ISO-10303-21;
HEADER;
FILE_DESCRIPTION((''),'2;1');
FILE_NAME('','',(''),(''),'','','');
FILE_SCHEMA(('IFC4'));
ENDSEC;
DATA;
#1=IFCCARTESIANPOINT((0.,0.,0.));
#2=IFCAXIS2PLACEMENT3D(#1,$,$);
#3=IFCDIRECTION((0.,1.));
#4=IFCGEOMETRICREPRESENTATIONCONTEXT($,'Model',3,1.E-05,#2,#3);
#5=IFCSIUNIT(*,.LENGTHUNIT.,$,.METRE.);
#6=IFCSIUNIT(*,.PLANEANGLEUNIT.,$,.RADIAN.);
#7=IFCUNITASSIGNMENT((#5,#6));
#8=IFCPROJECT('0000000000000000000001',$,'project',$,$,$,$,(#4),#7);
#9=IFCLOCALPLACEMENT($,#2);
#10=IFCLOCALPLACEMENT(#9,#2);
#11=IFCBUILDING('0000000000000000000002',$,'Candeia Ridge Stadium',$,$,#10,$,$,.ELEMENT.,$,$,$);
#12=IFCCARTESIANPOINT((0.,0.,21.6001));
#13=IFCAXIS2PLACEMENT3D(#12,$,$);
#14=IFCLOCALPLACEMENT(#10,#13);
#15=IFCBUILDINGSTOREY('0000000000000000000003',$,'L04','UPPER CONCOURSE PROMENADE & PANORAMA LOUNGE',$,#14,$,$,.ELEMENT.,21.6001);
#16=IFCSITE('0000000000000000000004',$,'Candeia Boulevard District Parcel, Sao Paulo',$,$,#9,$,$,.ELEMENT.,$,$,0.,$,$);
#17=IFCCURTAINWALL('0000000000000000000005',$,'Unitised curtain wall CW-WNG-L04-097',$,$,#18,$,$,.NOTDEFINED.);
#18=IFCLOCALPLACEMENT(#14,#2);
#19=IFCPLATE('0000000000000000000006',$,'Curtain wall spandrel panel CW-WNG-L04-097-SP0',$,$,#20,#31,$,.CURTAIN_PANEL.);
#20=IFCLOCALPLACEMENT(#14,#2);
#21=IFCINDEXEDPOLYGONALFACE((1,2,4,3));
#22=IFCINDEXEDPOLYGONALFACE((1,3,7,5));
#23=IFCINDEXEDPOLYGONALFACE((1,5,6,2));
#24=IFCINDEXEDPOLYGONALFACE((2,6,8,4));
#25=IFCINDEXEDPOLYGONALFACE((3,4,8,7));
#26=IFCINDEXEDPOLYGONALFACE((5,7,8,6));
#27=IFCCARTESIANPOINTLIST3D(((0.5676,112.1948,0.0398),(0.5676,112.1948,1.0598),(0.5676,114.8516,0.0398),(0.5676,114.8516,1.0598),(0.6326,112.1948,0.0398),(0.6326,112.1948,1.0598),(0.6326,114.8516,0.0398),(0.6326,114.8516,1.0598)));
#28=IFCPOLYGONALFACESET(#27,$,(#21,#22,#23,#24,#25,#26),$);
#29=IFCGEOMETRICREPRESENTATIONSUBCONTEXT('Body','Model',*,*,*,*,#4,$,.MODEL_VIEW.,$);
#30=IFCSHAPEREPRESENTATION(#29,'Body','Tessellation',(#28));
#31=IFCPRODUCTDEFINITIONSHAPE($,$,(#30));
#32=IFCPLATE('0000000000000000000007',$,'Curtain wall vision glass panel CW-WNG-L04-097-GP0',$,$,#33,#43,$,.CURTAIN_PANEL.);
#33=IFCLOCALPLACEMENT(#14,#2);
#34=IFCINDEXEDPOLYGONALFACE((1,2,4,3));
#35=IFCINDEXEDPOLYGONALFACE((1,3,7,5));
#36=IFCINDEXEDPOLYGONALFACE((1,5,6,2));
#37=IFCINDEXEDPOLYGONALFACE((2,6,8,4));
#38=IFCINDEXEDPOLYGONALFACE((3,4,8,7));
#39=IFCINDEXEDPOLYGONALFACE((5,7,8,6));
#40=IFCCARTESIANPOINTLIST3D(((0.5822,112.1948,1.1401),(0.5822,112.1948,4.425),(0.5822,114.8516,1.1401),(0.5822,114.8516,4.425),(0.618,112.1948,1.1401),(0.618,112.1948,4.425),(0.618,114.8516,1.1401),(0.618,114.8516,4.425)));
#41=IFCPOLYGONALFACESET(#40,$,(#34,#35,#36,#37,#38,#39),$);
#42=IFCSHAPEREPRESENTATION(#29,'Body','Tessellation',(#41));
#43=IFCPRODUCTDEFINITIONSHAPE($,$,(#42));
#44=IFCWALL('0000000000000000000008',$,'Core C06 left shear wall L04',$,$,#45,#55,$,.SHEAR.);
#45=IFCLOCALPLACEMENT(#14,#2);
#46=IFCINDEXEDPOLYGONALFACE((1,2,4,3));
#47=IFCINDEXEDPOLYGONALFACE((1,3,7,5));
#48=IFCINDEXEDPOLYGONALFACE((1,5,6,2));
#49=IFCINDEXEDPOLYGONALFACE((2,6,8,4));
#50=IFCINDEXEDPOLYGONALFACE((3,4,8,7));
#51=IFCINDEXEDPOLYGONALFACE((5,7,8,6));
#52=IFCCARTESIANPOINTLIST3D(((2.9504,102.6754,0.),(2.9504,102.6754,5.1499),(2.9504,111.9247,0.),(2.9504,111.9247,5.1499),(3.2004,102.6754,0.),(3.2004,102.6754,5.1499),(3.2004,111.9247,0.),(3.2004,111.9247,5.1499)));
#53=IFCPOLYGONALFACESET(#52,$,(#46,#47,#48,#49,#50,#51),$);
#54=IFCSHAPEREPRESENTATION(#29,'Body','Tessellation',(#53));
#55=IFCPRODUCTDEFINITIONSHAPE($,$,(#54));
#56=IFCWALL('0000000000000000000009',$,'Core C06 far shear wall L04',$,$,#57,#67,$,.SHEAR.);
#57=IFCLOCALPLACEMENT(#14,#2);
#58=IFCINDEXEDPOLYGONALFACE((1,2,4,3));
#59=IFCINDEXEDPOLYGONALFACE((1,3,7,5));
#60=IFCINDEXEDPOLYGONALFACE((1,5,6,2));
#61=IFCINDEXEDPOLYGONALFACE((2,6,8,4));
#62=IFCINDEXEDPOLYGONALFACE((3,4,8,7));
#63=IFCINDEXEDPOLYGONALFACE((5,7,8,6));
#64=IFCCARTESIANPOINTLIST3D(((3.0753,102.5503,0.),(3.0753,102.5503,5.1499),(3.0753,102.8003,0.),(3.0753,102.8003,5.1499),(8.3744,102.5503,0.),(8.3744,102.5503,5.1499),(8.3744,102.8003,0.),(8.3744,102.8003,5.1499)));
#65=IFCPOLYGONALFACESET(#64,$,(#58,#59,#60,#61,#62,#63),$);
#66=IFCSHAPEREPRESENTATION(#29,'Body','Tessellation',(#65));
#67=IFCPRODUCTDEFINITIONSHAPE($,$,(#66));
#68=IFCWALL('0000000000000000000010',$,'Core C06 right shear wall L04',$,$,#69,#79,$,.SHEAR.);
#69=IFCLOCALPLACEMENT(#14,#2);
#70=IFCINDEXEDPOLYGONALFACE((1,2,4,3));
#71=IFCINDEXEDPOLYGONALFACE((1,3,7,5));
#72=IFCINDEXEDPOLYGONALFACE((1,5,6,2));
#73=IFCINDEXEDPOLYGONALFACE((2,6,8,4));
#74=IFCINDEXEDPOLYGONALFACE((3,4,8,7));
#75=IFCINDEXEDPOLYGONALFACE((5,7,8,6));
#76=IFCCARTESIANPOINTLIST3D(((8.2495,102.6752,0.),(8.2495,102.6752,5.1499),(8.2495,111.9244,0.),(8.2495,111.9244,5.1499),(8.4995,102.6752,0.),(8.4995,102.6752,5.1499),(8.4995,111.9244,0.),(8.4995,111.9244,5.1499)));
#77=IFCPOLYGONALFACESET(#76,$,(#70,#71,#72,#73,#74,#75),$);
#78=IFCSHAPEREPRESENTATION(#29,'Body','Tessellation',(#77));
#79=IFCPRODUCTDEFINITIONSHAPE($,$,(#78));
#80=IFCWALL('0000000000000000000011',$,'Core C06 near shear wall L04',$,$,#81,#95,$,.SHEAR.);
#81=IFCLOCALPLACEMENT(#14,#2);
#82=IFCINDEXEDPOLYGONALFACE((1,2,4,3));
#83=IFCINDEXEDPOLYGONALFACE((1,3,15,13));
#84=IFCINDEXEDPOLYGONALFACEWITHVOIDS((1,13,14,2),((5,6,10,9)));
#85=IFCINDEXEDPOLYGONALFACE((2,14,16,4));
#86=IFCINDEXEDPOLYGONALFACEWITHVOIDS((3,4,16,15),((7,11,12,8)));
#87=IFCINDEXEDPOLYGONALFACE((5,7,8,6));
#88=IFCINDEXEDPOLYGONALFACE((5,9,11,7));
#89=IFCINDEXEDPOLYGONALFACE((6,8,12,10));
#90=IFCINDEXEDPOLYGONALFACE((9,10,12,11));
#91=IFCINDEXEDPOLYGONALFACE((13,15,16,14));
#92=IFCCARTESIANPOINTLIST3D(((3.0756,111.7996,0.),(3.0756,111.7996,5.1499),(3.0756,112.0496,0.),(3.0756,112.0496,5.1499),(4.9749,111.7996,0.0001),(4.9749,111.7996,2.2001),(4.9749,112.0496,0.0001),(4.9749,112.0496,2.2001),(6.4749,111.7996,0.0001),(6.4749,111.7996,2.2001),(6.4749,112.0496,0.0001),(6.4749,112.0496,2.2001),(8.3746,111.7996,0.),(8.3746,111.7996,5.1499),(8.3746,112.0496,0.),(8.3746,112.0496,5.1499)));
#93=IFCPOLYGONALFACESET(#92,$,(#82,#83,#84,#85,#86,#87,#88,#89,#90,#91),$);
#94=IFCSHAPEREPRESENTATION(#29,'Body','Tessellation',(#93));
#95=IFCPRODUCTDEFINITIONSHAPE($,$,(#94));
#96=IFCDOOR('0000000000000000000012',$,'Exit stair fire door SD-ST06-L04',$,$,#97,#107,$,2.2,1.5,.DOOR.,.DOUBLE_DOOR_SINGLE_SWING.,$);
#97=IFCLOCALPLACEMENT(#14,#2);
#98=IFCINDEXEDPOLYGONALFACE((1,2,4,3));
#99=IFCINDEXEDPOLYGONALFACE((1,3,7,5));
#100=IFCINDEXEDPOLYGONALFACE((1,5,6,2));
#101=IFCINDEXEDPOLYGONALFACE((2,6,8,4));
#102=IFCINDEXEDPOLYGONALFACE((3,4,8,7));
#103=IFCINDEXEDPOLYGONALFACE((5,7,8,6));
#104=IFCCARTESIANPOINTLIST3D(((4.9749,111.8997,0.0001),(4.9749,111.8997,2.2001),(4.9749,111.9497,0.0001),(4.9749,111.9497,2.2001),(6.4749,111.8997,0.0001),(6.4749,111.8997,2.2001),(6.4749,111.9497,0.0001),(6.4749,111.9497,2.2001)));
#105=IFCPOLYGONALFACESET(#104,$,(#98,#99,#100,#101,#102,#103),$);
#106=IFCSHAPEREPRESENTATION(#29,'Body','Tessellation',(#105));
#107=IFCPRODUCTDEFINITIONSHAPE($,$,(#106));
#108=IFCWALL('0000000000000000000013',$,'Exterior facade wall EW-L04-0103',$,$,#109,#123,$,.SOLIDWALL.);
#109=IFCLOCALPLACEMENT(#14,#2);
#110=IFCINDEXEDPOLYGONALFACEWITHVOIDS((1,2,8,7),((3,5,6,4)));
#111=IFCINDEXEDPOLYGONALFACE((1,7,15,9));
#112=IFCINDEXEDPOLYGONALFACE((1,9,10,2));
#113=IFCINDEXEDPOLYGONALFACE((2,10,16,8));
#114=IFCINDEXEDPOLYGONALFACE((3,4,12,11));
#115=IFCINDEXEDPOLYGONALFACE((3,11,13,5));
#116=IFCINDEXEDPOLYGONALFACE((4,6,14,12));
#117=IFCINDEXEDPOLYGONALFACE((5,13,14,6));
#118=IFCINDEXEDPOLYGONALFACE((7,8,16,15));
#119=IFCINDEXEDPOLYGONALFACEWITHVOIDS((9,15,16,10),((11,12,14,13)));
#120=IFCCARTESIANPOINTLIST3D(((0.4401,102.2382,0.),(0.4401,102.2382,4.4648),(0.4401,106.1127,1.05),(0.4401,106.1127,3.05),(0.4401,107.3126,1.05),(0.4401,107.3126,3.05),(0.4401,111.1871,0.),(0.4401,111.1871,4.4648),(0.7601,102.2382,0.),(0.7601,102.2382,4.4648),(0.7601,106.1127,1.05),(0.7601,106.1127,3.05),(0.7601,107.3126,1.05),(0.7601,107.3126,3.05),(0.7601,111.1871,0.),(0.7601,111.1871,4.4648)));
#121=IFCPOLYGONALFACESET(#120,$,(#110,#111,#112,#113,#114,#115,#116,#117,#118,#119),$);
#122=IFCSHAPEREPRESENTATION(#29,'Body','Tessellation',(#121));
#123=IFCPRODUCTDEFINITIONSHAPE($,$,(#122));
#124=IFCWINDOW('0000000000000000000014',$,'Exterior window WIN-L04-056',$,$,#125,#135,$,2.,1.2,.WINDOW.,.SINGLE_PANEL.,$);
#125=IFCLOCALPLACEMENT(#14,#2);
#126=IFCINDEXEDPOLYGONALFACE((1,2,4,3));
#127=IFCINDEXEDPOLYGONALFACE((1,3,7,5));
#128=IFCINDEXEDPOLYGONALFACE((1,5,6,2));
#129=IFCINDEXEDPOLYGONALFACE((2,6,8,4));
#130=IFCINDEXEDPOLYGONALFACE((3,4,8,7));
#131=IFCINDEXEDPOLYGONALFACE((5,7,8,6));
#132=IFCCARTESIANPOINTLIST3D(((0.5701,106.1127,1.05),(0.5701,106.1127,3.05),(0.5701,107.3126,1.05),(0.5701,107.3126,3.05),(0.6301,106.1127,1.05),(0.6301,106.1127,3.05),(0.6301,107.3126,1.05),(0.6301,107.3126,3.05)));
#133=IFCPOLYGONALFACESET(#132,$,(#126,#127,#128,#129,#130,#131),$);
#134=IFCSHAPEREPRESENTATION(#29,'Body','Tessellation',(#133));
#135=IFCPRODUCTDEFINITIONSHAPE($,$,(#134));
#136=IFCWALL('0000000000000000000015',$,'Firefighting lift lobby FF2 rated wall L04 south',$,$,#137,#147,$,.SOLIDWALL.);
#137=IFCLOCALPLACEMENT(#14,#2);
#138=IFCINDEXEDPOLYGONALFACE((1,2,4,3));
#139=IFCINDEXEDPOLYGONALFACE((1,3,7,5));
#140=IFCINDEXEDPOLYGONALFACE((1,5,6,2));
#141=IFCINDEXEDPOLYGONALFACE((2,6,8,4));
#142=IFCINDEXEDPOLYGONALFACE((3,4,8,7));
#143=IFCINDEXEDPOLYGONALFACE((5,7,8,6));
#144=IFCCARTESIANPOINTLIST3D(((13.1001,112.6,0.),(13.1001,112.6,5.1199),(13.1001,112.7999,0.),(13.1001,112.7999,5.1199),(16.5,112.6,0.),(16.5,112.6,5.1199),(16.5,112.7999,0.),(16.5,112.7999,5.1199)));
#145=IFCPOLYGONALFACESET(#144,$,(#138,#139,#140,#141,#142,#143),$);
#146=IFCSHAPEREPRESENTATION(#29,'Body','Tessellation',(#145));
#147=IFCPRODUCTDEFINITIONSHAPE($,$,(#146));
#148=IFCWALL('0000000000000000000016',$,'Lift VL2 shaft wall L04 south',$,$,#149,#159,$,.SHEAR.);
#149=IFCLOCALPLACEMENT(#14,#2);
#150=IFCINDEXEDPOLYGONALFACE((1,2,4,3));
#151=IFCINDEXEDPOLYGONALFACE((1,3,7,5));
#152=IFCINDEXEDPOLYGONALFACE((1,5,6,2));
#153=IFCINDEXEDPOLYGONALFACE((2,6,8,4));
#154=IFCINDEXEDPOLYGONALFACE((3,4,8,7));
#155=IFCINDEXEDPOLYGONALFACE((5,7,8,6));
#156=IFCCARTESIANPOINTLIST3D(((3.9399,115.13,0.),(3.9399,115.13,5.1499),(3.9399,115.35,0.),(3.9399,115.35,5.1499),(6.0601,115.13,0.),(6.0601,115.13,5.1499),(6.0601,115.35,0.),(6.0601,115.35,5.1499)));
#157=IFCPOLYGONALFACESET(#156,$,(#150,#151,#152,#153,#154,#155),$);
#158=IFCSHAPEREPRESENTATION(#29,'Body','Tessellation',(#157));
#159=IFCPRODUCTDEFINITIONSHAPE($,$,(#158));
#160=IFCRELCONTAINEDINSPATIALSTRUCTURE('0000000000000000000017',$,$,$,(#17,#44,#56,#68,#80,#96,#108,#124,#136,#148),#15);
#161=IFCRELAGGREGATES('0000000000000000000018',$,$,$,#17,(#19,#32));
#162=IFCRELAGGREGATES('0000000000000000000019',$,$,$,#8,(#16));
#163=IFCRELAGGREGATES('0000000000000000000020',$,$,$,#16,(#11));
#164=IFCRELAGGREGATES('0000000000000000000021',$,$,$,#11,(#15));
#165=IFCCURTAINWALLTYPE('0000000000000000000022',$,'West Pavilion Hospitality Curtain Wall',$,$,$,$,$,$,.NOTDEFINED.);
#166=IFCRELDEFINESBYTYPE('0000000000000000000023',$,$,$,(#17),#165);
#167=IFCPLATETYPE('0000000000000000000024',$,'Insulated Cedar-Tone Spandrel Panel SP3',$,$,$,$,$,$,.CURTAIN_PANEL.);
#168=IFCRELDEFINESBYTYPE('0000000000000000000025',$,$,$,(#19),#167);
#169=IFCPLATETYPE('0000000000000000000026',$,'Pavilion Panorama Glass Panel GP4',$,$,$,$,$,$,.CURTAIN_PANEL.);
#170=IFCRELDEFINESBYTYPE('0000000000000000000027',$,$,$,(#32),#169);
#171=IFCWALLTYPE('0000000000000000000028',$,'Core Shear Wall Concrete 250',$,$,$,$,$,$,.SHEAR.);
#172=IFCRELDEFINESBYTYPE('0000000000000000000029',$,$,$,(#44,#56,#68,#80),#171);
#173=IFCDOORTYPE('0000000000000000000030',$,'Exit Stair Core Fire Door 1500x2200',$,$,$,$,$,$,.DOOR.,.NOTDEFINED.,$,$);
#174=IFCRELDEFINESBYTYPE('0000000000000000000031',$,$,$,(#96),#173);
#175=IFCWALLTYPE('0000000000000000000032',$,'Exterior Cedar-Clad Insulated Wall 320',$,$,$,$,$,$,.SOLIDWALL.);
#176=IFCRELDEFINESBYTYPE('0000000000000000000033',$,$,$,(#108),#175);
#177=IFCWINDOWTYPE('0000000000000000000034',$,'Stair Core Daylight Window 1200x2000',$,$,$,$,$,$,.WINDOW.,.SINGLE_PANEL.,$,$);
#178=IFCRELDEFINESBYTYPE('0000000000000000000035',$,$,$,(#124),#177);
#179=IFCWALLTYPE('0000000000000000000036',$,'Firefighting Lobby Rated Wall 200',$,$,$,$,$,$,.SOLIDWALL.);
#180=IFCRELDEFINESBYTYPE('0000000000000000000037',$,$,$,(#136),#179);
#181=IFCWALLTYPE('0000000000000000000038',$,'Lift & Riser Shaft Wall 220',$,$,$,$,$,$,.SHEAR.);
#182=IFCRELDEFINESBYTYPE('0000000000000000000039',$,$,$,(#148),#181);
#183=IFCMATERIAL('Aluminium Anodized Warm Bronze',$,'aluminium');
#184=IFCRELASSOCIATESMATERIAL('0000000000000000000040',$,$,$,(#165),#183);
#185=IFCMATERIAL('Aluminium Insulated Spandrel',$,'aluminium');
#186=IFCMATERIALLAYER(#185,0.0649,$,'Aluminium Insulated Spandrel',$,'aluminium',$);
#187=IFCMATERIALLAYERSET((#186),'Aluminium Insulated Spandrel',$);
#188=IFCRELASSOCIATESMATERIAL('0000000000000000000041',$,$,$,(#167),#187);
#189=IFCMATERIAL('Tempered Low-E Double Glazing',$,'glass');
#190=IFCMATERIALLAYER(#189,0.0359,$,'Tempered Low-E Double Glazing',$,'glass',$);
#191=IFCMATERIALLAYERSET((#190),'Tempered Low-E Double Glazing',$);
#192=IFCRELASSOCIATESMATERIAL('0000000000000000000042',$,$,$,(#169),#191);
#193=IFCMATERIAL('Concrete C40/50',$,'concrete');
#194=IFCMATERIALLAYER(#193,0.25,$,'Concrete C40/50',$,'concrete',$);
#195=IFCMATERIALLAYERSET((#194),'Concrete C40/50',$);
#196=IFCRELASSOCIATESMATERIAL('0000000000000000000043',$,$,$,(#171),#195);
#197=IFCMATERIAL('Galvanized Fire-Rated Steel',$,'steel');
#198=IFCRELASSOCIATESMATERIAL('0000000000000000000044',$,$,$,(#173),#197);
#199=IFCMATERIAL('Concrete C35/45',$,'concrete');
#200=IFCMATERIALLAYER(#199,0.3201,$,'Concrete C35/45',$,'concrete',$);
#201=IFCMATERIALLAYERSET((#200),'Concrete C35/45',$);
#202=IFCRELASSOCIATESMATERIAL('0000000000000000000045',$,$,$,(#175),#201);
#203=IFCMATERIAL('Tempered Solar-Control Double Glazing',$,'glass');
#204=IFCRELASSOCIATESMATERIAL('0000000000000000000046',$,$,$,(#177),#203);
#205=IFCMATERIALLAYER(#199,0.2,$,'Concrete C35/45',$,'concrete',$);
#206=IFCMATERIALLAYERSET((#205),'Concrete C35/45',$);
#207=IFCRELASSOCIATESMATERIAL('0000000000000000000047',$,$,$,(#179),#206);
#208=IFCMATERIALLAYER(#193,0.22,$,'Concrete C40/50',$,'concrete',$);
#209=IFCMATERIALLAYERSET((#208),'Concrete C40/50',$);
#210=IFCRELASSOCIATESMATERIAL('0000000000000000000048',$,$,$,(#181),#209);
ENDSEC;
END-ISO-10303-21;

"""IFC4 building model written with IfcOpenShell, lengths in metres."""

from ifc_helpers import new_model, si_unit, direction, frame, frame_2d, origin, origin_2d, place, context, subcontext, project, spatial, rectangle, extrude, material, layer, layer_set, type_object, element, fill, aggregate, save


model = new_model("IFC4")

# Units and contexts
model_context = context("Model", 3, precision=1e-05, world=origin(), true_north=direction((0.0, 1.0)))
body_context = subcontext(model_context, "Body", "Model", "MODEL_VIEW")
ifc_project = project(units=[si_unit("LENGTHUNIT", "METRE"), si_unit("PLANEANGLEUNIT", "RADIAN")], contexts=[model_context])

# Site, building, storey
site_placement = place(None, origin())
site = spatial("IfcSite", under=ifc_project, at=site_placement, Name="Candeia Boulevard District Parcel, Sao Paulo", CompositionType="ELEMENT", RefElevation=0.0)
building_placement = place(site_placement, origin())
building = spatial("IfcBuilding", under=site, at=building_placement, Name="Candeia Ridge Stadium", CompositionType="ELEMENT")
storey_placement = place(building_placement, frame((0.0, 0.0, 21.6001)))
storey = spatial("IfcBuildingStorey", under=building, at=storey_placement, Name="L04", Description="UPPER CONCOURSE PROMENADE & PANORAMA LOUNGE", CompositionType="ELEMENT", Elevation=21.6001)

# Shared definitions
ifc_material_1 = material(Name="Concrete C40/50", Category="concrete")

# Curtain wall
ifc_material_2 = material(Name="Aluminium Anodized Warm Bronze", Category="aluminium")
curtain_wall_type = type_object("IfcCurtainWallType", Name="West Pavilion Hospitality Curtain Wall", PredefinedType="NOTDEFINED", material=ifc_material_2)
curtain_wall_placement = place(storey_placement, origin())
curtain_wall = element("IfcCurtainWall", 1, at=curtain_wall_placement, inside=storey, type_object=curtain_wall_type, Name="Unitised curtain wall CW-WNG-L04-097", PredefinedType="NOTDEFINED")

# Plates
ifc_material_3 = material(Name="Aluminium Insulated Spandrel", Category="aluminium")
ifc_layer_1 = layer(ifc_material_3, 0.0649, Name="Aluminium Insulated Spandrel", Category="aluminium")
ifc_layer_set_1 = layer_set([ifc_layer_1], Name="Aluminium Insulated Spandrel")
plate_type_1 = type_object("IfcPlateType", Name="Insulated Cedar-Tone Spandrel Panel SP3", PredefinedType="CURTAIN_PANEL", material=ifc_layer_set_1)
plate_1_placement = place(storey_placement, frame((0.6001, 113.5232, 0.0398), z_axis=(0.0, 0.0, 1.0), x_axis=(0.0, 1.0, 0.0)))
plate_1 = element("IfcPlate", 2, at=plate_1_placement, type_object=plate_type_1, Name="Curtain wall spandrel panel CW-WNG-L04-097-SP0", PredefinedType="CURTAIN_PANEL", context=body_context, shape_type="SweptSolid", body=[
    extrude(rectangle(XDim=2.6567, YDim=0.0649, at=origin_2d()), origin(), (0.0, 0.0, 1.0), 1.02),
])
ifc_material_4 = material(Name="Tempered Low-E Double Glazing", Category="glass")
ifc_layer_2 = layer(ifc_material_4, 0.0359, Name="Tempered Low-E Double Glazing", Category="glass")
ifc_layer_set_2 = layer_set([ifc_layer_2], Name="Tempered Low-E Double Glazing")
plate_type_2 = type_object("IfcPlateType", Name="Pavilion Panorama Glass Panel GP4", PredefinedType="CURTAIN_PANEL", material=ifc_layer_set_2)
plate_2_placement = place(storey_placement, frame((0.6001, 113.5232, 1.1401), z_axis=(0.0, 0.0, 1.0), x_axis=(0.0, 1.0, 0.0)))
plate_2 = element("IfcPlate", 3, at=plate_2_placement, type_object=plate_type_2, Name="Curtain wall vision glass panel CW-WNG-L04-097-GP0", PredefinedType="CURTAIN_PANEL", context=body_context, shape_type="SweptSolid", body=[
    extrude(rectangle(XDim=2.6567, YDim=0.0359, at=origin_2d()), origin(), (0.0, 0.0, 1.0), 3.2849),
])
aggregate(curtain_wall, [plate_1, plate_2])

# Walls
ifc_layer_3 = layer(ifc_material_1, 0.25, Name="Concrete C40/50", Category="concrete")
ifc_layer_set_3 = layer_set([ifc_layer_3], Name="Concrete C40/50")
wall_type_1 = type_object("IfcWallType", Name="Core Shear Wall Concrete 250", PredefinedType="SHEAR", material=ifc_layer_set_3)
wall_1_placement = place(storey_placement, frame((3.0754, 111.9246, 0.0), z_axis=(0.0, 0.0, 1.0), x_axis=(0.0, -1.0, 0.0)))
element("IfcWall", 4, at=wall_1_placement, inside=storey, type_object=wall_type_1, Name="Core C06 left shear wall L04", PredefinedType="SHEAR", context=body_context, shape_type="SweptSolid", body=[
    extrude(rectangle(XDim=9.2493, YDim=0.25, at=frame_2d((4.6245, 0.0))), origin(), (0.0, 0.0, 1.0), 5.1499),
])
wall_2_placement = place(storey_placement, frame((3.0754, 102.6753, 0.0), z_axis=(0.0, 0.0, 1.0), x_axis=(1.0, 0.0, 0.0)))
element("IfcWall", 5, at=wall_2_placement, inside=storey, type_object=wall_type_1, Name="Core C06 far shear wall L04", PredefinedType="SHEAR", context=body_context, shape_type="SweptSolid", body=[
    extrude(rectangle(XDim=5.2991, YDim=0.25, at=frame_2d((2.6494, 0.0))), origin(), (0.0, 0.0, 1.0), 5.1499),
])
wall_3_placement = place(storey_placement, frame((8.3745, 102.6753, 0.0), z_axis=(0.0, 0.0, 1.0), x_axis=(0.0, 1.0, 0.0)))
element("IfcWall", 6, at=wall_3_placement, inside=storey, type_object=wall_type_1, Name="Core C06 right shear wall L04", PredefinedType="SHEAR", context=body_context, shape_type="SweptSolid", body=[
    extrude(rectangle(XDim=9.2493, YDim=0.25, at=frame_2d((4.6245, 0.0))), origin(), (0.0, 0.0, 1.0), 5.1499),
])

# Wall, opening, door
wall_4_placement = place(storey_placement, frame((8.3745, 111.9246, 0.0), z_axis=(0.0, 0.0, 1.0), x_axis=(-1.0, 0.0, 0.0)))
wall_4 = element("IfcWall", 7, at=wall_4_placement, inside=storey, type_object=wall_type_1, Name="Core C06 near shear wall L04", PredefinedType="SHEAR", context=body_context, shape_type="SweptSolid", body=[
    extrude(rectangle(XDim=5.2991, YDim=0.25, at=frame_2d((2.6494, 0.0))), origin(), (0.0, 0.0, 1.0), 5.1499),
])
opening_1_placement = place(wall_4_placement, frame((1.8997, 0.0, 0.0)))
opening_1 = element("IfcOpeningElement", 8, at=opening_1_placement, cuts=wall_4, PredefinedType="OPENING", context=body_context, shape_type="SweptSolid", body=[
    extrude(rectangle(XDim=1.5, YDim=2.2, at=frame_2d((0.75, 1.1001))), frame((0.0, 0.135, 0.0), z_axis=(0.0, -1.0, 0.0), x_axis=(1.0, 0.0, 0.0)), (0.0, 0.0, 1.0), 0.27),
])
ifc_material_5 = material(Name="Galvanized Fire-Rated Steel", Category="steel")
door_type = type_object("IfcDoorType", Name="Exit Stair Core Fire Door 1500x2200", OperationType="NOTDEFINED", PredefinedType="DOOR", material=ifc_material_5)
door_placement = place(opening_1_placement, origin())
door = element("IfcDoor", 9, at=door_placement, inside=storey, type_object=door_type, Name="Exit stair fire door SD-ST06-L04", OperationType="DOUBLE_DOOR_SINGLE_SWING", OverallHeight=2.2, OverallWidth=1.5, PredefinedType="DOOR", context=body_context, shape_type="SweptSolid", body=[
    extrude(rectangle(XDim=1.5, YDim=2.2, at=frame_2d((0.75, 1.1001))), frame((0.0, 0.0249, 0.0), z_axis=(0.0, -1.0, 0.0), x_axis=(1.0, 0.0, 0.0)), (0.0, 0.0, 1.0), 0.05),
])
fill(opening_1, door)

# Wall, opening, window
ifc_material_6 = material(Name="Concrete C35/45", Category="concrete")
ifc_layer_4 = layer(ifc_material_6, 0.3201, Name="Concrete C35/45", Category="concrete")
ifc_layer_set_4 = layer_set([ifc_layer_4], Name="Concrete C35/45")
wall_type_2 = type_object("IfcWallType", Name="Exterior Cedar-Clad Insulated Wall 320", PredefinedType="SOLIDWALL", material=ifc_layer_set_4)
wall_5_placement = place(storey_placement, frame((0.6001, 102.238, 0.0), z_axis=(0.0, 0.0, 1.0), x_axis=(0.0, 1.0, 0.0)))
wall_5 = element("IfcWall", 10, at=wall_5_placement, inside=storey, type_object=wall_type_2, Name="Exterior facade wall EW-L04-0103", PredefinedType="SOLIDWALL", context=body_context, shape_type="SweptSolid", body=[
    extrude(rectangle(XDim=8.949, YDim=0.3201, at=frame_2d((4.4746, 0.0))), origin(), (0.0, 0.0, 1.0), 4.4648),
])
opening_2_placement = place(wall_5_placement, frame((3.8745, 0.0, 1.05)))
opening_2 = element("IfcOpeningElement", 11, at=opening_2_placement, cuts=wall_5, PredefinedType="OPENING", context=body_context, shape_type="SweptSolid", body=[
    extrude(rectangle(XDim=1.2, YDim=2.0, at=frame_2d((0.6001, 1.0))), frame((0.0, 0.1699, 0.0), z_axis=(0.0, -1.0, 0.0), x_axis=(1.0, 0.0, 0.0)), (0.0, 0.0, 1.0), 0.3401),
])
ifc_material_7 = material(Name="Tempered Solar-Control Double Glazing", Category="glass")
window_type = type_object("IfcWindowType", Name="Stair Core Daylight Window 1200x2000", PartitioningType="SINGLE_PANEL", PredefinedType="WINDOW", material=ifc_material_7)
window_placement = place(opening_2_placement, origin())
window = element("IfcWindow", 12, at=window_placement, inside=storey, type_object=window_type, Name="Exterior window WIN-L04-056", OverallHeight=2.0, OverallWidth=1.2, PartitioningType="SINGLE_PANEL", PredefinedType="WINDOW", context=body_context, shape_type="SweptSolid", body=[
    extrude(rectangle(XDim=1.2, YDim=2.0, at=frame_2d((0.6001, 1.0))), frame((0.0, 0.03, 0.0), z_axis=(0.0, -1.0, 0.0), x_axis=(1.0, 0.0, 0.0)), (0.0, 0.0, 1.0), 0.0601),
])
fill(opening_2, window)

# Walls
ifc_layer_5 = layer(ifc_material_6, 0.2, Name="Concrete C35/45", Category="concrete")
ifc_layer_set_5 = layer_set([ifc_layer_5], Name="Concrete C35/45")
wall_type_3 = type_object("IfcWallType", Name="Firefighting Lobby Rated Wall 200", PredefinedType="SOLIDWALL", material=ifc_layer_set_5)
wall_6_placement = place(storey_placement, frame((13.1001, 112.7, 0.0), z_axis=(0.0, 0.0, 1.0), x_axis=(1.0, 0.0, 0.0)))
element("IfcWall", 13, at=wall_6_placement, inside=storey, type_object=wall_type_3, Name="Firefighting lift lobby FF2 rated wall L04 south", PredefinedType="SOLIDWALL", context=body_context, shape_type="SweptSolid", body=[
    extrude(rectangle(XDim=3.3999, YDim=0.2, at=frame_2d((1.7, 0.0))), origin(), (0.0, 0.0, 1.0), 5.1199),
])
ifc_layer_6 = layer(ifc_material_1, 0.22, Name="Concrete C40/50", Category="concrete")
ifc_layer_set_6 = layer_set([ifc_layer_6], Name="Concrete C40/50")
wall_type_4 = type_object("IfcWallType", Name="Lift & Riser Shaft Wall 220", PredefinedType="SHEAR", material=ifc_layer_set_6)
wall_7_placement = place(storey_placement, frame((3.9399, 115.24, 0.0), z_axis=(0.0, 0.0, 1.0), x_axis=(1.0, 0.0, 0.0)))
element("IfcWall", 14, at=wall_7_placement, inside=storey, type_object=wall_type_4, Name="Lift VL2 shaft wall L04 south", PredefinedType="SHEAR", context=body_context, shape_type="SweptSolid", body=[
    extrude(rectangle(XDim=2.1201, YDim=0.22, at=frame_2d((1.0601, 0.0))), origin(), (0.0, 0.0, 1.0), 5.1499),
])

save(model, "model.ifc")
